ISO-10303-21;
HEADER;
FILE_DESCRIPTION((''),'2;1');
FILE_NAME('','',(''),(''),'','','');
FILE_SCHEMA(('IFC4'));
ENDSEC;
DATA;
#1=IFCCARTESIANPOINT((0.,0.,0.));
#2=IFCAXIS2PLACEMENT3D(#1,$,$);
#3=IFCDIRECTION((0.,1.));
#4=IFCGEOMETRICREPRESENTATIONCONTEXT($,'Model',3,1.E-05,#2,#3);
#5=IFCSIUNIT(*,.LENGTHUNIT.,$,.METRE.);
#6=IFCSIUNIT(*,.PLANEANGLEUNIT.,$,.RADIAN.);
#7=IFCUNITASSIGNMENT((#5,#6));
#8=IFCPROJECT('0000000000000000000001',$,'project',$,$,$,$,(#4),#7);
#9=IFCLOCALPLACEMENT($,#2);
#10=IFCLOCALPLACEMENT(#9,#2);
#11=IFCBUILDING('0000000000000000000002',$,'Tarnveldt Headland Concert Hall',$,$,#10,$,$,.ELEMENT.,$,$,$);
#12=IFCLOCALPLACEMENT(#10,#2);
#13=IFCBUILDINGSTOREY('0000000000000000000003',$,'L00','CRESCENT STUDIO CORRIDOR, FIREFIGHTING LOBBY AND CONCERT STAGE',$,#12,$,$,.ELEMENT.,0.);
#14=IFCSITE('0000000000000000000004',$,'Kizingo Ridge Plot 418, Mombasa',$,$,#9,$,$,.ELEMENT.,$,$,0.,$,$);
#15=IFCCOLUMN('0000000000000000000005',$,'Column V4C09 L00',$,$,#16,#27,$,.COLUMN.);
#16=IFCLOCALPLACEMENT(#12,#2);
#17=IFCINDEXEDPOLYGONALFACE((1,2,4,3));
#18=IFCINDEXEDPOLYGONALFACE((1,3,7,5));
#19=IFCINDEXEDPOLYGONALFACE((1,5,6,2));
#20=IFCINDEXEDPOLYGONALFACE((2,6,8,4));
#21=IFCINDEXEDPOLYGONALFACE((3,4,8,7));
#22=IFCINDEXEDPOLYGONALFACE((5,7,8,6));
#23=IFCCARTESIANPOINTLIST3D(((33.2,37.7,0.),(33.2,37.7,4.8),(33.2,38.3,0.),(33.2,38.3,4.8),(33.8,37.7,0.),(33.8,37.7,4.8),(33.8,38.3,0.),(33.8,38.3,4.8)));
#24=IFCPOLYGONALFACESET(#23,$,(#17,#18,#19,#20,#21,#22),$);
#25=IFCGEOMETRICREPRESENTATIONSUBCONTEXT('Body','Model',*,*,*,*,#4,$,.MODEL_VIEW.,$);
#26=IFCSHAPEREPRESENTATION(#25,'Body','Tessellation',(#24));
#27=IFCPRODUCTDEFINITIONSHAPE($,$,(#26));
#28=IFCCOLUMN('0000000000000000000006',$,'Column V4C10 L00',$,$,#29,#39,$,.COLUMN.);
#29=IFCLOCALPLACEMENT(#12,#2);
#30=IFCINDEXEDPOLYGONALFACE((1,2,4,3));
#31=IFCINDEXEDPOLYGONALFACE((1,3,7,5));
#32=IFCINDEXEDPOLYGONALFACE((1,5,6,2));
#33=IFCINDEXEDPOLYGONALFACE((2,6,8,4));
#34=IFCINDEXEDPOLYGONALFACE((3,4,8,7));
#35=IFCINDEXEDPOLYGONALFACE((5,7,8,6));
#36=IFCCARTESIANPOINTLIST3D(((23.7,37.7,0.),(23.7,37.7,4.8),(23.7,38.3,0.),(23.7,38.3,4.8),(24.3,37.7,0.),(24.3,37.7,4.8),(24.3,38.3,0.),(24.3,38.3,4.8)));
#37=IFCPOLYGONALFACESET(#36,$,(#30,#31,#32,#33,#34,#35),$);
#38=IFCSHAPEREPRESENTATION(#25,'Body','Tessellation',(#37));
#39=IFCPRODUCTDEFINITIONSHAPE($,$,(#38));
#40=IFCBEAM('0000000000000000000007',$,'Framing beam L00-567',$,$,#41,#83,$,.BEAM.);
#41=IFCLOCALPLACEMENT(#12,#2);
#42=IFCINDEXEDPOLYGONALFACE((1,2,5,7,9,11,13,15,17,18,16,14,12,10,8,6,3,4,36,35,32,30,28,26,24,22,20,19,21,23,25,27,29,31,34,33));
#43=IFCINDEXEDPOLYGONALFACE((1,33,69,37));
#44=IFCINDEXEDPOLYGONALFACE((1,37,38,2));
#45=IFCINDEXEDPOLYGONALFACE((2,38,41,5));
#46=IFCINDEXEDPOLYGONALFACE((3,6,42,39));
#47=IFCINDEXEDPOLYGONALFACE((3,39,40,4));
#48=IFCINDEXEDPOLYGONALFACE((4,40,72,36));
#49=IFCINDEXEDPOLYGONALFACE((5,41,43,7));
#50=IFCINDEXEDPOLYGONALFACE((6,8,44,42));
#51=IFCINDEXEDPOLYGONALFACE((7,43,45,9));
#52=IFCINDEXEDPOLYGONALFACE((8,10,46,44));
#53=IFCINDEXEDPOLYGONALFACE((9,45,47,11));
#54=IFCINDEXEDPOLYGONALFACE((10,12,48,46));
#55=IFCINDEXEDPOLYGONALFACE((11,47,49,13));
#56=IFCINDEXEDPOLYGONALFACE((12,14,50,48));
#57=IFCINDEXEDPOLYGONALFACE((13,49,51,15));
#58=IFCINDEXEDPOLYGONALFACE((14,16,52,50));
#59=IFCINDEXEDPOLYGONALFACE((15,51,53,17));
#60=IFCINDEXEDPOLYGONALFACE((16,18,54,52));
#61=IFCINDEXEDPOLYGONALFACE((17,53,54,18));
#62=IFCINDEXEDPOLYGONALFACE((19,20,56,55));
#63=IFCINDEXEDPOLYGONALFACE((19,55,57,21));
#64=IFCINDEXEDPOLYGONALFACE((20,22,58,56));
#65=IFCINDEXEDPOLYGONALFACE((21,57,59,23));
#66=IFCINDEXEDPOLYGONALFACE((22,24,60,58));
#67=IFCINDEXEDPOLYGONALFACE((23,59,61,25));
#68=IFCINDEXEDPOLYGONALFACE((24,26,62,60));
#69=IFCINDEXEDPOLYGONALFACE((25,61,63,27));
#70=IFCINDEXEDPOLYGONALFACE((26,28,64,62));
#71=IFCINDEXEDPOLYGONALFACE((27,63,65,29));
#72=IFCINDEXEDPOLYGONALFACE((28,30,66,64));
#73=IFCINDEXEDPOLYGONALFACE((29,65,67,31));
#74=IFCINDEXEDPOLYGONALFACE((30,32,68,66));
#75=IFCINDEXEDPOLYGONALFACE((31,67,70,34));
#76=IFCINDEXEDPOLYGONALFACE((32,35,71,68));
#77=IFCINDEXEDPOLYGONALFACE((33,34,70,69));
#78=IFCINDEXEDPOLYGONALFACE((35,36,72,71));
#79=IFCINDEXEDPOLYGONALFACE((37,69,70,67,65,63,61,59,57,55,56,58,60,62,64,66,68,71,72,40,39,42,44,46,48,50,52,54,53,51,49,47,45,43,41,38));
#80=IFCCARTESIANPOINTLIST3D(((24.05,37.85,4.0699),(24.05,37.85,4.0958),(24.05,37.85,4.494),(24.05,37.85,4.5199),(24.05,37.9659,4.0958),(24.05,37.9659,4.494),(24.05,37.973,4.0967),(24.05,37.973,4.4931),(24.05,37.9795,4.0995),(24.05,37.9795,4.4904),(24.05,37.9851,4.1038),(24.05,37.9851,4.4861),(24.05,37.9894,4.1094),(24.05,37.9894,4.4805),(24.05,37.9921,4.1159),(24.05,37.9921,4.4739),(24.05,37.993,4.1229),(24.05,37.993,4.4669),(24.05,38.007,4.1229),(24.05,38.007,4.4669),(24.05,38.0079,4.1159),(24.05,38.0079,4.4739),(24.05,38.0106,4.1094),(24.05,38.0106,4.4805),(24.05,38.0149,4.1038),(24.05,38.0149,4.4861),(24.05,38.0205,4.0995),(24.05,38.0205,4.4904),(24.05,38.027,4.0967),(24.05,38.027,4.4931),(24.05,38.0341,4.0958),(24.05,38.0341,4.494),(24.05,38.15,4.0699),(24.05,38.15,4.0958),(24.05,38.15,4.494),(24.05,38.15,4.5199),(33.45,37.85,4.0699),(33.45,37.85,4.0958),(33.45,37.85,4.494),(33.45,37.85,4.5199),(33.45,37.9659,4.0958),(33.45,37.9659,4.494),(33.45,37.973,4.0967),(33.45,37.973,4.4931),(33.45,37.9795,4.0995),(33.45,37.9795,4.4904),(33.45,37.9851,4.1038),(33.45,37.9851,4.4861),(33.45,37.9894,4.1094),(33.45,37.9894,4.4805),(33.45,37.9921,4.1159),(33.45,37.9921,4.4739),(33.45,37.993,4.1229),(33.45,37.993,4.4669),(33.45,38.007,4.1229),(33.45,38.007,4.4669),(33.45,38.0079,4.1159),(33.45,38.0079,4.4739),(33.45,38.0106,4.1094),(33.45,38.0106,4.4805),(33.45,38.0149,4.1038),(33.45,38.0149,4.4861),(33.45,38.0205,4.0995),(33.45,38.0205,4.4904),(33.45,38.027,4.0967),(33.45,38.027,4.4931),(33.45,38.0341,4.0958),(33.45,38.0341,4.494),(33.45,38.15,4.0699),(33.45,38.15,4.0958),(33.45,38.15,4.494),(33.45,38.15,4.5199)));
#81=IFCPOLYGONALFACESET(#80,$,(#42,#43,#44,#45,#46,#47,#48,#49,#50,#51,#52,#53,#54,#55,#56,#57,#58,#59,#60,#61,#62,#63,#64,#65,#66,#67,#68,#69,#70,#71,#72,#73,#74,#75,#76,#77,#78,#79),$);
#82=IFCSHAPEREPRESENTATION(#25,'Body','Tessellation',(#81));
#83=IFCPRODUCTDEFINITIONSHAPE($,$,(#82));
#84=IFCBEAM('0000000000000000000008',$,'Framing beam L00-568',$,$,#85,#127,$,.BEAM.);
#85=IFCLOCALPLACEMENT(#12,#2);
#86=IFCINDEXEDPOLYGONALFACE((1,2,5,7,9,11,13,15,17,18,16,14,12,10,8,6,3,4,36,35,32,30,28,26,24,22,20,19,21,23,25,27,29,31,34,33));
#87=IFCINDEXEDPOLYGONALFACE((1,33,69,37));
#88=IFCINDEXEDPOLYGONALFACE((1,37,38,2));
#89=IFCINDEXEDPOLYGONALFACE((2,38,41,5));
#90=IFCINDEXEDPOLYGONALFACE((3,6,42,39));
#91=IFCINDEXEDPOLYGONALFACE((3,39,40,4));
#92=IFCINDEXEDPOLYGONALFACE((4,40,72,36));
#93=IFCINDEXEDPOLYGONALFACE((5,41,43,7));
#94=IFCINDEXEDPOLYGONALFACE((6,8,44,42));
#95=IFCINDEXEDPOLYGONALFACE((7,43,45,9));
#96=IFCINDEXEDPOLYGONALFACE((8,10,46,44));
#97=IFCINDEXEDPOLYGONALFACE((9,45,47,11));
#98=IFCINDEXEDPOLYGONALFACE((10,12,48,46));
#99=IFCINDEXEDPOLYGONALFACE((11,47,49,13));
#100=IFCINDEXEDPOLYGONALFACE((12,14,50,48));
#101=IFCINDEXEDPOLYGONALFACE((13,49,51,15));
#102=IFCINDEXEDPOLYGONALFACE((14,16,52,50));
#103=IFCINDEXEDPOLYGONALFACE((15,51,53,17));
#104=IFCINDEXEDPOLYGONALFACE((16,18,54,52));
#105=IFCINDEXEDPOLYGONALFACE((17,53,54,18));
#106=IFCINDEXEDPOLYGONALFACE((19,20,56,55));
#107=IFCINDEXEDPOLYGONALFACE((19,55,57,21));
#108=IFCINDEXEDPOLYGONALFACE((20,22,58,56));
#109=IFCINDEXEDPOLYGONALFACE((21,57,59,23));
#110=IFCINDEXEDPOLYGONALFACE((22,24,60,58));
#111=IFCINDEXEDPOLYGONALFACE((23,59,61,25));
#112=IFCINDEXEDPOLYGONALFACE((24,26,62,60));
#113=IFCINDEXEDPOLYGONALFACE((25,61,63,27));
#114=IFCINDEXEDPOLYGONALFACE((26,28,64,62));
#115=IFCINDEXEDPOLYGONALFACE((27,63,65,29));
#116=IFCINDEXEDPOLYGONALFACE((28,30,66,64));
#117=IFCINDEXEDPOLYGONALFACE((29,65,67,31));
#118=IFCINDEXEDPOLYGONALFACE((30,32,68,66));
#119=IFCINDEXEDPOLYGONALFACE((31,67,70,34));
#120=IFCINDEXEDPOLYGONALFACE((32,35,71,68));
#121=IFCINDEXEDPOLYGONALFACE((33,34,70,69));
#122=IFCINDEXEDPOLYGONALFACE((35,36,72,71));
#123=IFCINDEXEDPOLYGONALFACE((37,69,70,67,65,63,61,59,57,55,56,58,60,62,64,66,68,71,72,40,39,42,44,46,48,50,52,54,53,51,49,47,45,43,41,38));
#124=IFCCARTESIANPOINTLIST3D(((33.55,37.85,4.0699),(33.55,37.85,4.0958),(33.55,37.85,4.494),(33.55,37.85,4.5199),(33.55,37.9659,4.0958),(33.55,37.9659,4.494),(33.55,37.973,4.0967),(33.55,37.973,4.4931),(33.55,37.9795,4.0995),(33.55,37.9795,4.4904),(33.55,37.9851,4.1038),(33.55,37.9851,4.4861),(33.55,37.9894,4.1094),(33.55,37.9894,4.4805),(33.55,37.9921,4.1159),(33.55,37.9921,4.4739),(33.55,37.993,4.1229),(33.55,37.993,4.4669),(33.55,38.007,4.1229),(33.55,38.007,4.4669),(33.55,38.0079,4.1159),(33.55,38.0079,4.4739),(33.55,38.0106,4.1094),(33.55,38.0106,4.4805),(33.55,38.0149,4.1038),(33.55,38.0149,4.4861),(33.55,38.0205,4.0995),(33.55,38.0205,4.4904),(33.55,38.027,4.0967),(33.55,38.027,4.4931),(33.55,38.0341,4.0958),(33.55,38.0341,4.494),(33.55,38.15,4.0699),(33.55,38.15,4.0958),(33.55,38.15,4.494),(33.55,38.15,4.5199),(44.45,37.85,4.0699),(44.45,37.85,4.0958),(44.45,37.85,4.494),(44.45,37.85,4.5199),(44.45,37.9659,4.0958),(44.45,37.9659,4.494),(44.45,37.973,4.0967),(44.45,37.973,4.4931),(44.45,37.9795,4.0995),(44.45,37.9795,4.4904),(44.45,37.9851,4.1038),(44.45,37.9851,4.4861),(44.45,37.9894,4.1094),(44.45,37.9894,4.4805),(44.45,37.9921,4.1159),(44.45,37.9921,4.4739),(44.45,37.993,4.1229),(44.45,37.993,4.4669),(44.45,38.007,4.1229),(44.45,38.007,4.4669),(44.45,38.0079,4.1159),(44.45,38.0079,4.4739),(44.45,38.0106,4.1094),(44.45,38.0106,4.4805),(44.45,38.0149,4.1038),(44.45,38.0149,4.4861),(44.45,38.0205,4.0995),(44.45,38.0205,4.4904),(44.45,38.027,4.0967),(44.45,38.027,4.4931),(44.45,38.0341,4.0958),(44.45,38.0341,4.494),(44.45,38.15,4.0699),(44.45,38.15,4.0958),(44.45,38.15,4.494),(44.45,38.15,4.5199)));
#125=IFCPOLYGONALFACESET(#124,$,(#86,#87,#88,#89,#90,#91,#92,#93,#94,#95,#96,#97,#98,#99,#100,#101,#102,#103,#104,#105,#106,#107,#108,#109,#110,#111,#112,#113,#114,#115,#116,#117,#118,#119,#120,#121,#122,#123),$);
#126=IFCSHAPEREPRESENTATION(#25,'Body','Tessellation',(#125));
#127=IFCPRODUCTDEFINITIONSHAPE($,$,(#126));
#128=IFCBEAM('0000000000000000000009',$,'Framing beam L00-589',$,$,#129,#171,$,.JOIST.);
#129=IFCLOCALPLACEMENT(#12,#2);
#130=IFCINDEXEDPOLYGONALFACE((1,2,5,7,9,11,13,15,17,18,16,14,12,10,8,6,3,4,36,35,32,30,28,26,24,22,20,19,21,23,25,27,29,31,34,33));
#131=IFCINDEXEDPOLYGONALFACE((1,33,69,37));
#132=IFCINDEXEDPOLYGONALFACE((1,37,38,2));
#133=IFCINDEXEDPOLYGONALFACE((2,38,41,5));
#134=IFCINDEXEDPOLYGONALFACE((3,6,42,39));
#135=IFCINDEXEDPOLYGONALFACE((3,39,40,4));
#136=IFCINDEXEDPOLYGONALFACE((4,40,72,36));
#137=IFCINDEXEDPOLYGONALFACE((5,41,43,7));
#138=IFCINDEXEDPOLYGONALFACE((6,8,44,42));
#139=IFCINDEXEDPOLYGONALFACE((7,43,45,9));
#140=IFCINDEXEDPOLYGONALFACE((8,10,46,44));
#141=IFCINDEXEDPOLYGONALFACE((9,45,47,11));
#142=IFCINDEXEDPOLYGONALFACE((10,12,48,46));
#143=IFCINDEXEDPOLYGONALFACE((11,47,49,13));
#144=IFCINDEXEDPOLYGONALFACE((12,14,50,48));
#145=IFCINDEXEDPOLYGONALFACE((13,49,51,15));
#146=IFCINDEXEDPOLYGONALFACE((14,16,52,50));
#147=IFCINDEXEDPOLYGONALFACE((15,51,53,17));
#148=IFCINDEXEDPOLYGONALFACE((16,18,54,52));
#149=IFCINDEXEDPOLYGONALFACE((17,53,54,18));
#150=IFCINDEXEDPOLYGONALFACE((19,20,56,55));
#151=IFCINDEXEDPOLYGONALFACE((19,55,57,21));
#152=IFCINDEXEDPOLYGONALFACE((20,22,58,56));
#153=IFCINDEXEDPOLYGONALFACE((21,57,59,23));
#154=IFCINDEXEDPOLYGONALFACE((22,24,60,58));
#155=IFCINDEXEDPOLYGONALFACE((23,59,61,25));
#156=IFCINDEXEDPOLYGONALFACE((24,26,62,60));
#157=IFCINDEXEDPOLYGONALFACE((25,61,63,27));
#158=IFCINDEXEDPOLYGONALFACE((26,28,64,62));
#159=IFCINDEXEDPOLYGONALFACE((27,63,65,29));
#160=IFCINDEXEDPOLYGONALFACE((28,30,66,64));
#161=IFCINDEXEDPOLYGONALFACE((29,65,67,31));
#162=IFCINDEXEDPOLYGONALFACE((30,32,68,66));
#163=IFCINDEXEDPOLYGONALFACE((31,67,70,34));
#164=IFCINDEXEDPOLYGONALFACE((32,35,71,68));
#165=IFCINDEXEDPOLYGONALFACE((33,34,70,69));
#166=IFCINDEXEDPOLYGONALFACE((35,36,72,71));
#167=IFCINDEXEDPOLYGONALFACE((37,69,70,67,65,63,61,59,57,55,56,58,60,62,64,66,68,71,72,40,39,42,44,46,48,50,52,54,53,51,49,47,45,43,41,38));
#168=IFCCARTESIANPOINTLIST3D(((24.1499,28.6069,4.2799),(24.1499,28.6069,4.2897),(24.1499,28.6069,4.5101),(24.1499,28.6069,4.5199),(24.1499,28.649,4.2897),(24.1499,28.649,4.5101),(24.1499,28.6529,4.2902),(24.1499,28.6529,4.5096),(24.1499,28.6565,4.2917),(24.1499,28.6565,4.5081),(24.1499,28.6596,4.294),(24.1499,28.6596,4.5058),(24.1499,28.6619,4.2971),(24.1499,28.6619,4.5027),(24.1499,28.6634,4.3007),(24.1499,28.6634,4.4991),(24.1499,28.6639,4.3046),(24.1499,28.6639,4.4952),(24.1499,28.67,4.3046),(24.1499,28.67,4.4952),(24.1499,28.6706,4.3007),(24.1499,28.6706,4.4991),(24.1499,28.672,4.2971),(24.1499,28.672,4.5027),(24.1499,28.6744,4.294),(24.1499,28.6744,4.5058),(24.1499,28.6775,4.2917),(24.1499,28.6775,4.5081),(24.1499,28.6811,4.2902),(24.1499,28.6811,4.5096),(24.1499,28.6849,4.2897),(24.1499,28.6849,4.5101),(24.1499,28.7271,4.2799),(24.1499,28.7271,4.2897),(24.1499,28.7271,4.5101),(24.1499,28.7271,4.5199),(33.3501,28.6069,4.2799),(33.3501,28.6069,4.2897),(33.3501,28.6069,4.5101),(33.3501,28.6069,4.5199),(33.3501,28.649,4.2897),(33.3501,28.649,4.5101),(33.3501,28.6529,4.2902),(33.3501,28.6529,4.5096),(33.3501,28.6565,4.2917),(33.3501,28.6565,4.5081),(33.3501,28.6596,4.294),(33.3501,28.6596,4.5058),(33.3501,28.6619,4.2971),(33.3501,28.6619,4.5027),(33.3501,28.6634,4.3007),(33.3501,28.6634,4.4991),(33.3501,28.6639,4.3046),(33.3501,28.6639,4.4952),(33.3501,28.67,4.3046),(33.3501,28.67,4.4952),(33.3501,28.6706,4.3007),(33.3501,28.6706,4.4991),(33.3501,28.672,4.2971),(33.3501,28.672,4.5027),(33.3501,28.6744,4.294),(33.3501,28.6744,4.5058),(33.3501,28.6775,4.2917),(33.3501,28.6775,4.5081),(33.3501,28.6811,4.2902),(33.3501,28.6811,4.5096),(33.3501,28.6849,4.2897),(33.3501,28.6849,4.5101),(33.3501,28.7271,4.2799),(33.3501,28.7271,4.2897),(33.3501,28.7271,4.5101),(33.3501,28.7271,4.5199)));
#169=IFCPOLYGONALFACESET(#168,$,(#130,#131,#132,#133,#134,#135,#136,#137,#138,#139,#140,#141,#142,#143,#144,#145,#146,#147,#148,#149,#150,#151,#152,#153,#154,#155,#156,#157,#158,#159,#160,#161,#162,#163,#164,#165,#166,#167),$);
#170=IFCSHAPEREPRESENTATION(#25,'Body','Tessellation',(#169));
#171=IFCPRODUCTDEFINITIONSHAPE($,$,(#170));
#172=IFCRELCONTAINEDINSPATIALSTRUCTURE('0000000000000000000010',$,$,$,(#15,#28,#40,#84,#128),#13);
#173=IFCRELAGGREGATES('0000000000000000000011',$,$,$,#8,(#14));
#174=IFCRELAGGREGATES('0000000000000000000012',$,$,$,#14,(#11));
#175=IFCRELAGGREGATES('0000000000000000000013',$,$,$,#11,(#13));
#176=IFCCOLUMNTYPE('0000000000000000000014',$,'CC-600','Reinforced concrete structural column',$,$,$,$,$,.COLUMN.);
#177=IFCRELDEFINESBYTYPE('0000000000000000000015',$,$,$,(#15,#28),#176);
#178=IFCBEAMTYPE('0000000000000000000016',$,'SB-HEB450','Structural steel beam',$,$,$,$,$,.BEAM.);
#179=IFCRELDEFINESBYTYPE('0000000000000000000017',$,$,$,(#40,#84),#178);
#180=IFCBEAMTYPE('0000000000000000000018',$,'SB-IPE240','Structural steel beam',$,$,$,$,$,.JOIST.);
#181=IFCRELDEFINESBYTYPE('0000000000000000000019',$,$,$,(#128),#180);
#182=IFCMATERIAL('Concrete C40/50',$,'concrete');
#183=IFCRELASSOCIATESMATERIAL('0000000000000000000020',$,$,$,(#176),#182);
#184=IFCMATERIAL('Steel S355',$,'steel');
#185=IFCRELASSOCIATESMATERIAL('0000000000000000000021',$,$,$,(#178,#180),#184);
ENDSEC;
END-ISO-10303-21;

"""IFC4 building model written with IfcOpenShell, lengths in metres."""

from ifc_helpers import new_model, si_unit, direction, frame, origin, origin_2d, place, context, subcontext, project, spatial, rectangle, i_section, extrude, material, material_profile, profile_set, type_object, element, save


model = new_model("IFC4")

# Units and contexts
model_context = context("Model", 3, precision=1e-05, world=origin(), true_north=direction((0.0, 1.0)))
body_context = subcontext(model_context, "Body", "Model", "MODEL_VIEW")
ifc_project = project(units=[si_unit("LENGTHUNIT", "METRE"), si_unit("PLANEANGLEUNIT", "RADIAN")], contexts=[model_context])

# Site, building, storey
site_placement = place(None, origin())
site = spatial("IfcSite", under=ifc_project, at=site_placement, Name="Kizingo Ridge Plot 418, Mombasa", CompositionType="ELEMENT", RefElevation=0.0)
building_placement = place(site_placement, origin())
building = spatial("IfcBuilding", under=site, at=building_placement, Name="Tarnveldt Headland Concert Hall", CompositionType="ELEMENT")
storey_placement = place(building_placement, origin())
storey = spatial("IfcBuildingStorey", under=building, at=storey_placement, Name="L00", Description="CRESCENT STUDIO CORRIDOR, FIREFIGHTING LOBBY AND CONCERT STAGE", CompositionType="ELEMENT", Elevation=0.0)

# Columns
ifc_material_1 = material(Name="Concrete C40/50", Category="concrete")
ifc_material_profile_1 = material_profile(ifc_material_1, rectangle(XDim=0.6001, YDim=0.6001, at=origin_2d()), Name="RC 600x600", Category="concrete")
ifc_profile_set_1 = profile_set([ifc_material_profile_1], Name="Concrete C40/50")
column_type = type_object("IfcColumnType", Name="CC-600", Description="Reinforced concrete structural column", PredefinedType="COLUMN", material=ifc_profile_set_1)
for number, where, z_axis, x_axis, name in (
    (1, (33.5, 38.0, 0.0), (0.0, 0.0, 1.0), (1.0, 0.0, 0.0), "Column V4C09 L00"),
    (2, (24.0, 38.0, 0.0), (0.0, 0.0, 1.0), (1.0, 0.0, 0.0), "Column V4C10 L00"),
):
    element("IfcColumn", number, at=place(storey_placement, frame(where, z_axis=z_axis, x_axis=x_axis)), inside=storey, type_object=column_type, Name=name, PredefinedType="COLUMN", context=body_context, shape_type="SweptSolid", body=[
        extrude(rectangle(XDim=0.6001, YDim=0.6001, at=origin_2d()), origin(), (0.0, 0.0, 1.0), 4.8),
    ])

# Beams
ifc_material_2 = material(Name="Steel S355", Category="steel")
ifc_material_profile_2 = material_profile(ifc_material_2, i_section(OverallWidth=0.3, OverallDepth=0.45, WebThickness=0.0139, FlangeThickness=0.0259, FilletRadius=0.0271, at=origin_2d()), Name="HEB450", Category="steel")
ifc_profile_set_2 = profile_set([ifc_material_profile_2], Name="Steel S355")
beam_type_1 = type_object("IfcBeamType", Name="SB-HEB450", Description="Structural steel beam", PredefinedType="BEAM", material=ifc_profile_set_2)
beam_1_placement = place(storey_placement, frame((24.05, 38.0, 4.2949), z_axis=(1.0, 0.0, 0.0), x_axis=(0.0, 1.0, 0.0)))
element("IfcBeam", 3, at=beam_1_placement, inside=storey, type_object=beam_type_1, Name="Framing beam L00-567", PredefinedType="BEAM", context=body_context, shape_type="SweptSolid", body=[
    extrude(i_section(OverallWidth=0.3, OverallDepth=0.45, WebThickness=0.0139, FlangeThickness=0.0259, FilletRadius=0.0271, at=origin_2d()), origin(), (0.0, 0.0, 1.0), 9.3999),
])
beam_2_placement = place(storey_placement, frame((33.55, 38.0, 4.2949), z_axis=(1.0, 0.0, 0.0), x_axis=(0.0, 1.0, 0.0)))
element("IfcBeam", 4, at=beam_2_placement, inside=storey, type_object=beam_type_1, Name="Framing beam L00-568", PredefinedType="BEAM", context=body_context, shape_type="SweptSolid", body=[
    extrude(i_section(OverallWidth=0.3, OverallDepth=0.45, WebThickness=0.0139, FlangeThickness=0.0259, FilletRadius=0.0271, at=origin_2d()), origin(), (0.0, 0.0, 1.0), 10.8999),
])
ifc_material_profile_3 = material_profile(ifc_material_2, i_section(OverallWidth=0.1201, OverallDepth=0.24, WebThickness=0.0061, FlangeThickness=0.0098, FilletRadius=0.0149, at=origin_2d()), Name="IPE240", Category="steel")
ifc_profile_set_3 = profile_set([ifc_material_profile_3], Name="Steel S355")
beam_type_2 = type_object("IfcBeamType", Name="SB-IPE240", Description="Structural steel beam", PredefinedType="JOIST", material=ifc_profile_set_3)
for number, where, z_axis, x_axis, name in (
    (5, (24.1499, 28.667, 4.3999), (1.0, 0.0, 0.0), (0.0, 1.0, 0.0), "Framing beam L00-589"),
):
    element("IfcBeam", number, at=place(storey_placement, frame(where, z_axis=z_axis, x_axis=x_axis)), inside=storey, type_object=beam_type_2, Name=name, PredefinedType="JOIST", context=body_context, shape_type="SweptSolid", body=[
        extrude(i_section(OverallWidth=0.1201, OverallDepth=0.24, WebThickness=0.0061, FlangeThickness=0.0098, FilletRadius=0.0149, at=origin_2d()), origin(), (0.0, 0.0, 1.0), 9.2002),
    ])

save(model, "model.ifc")
